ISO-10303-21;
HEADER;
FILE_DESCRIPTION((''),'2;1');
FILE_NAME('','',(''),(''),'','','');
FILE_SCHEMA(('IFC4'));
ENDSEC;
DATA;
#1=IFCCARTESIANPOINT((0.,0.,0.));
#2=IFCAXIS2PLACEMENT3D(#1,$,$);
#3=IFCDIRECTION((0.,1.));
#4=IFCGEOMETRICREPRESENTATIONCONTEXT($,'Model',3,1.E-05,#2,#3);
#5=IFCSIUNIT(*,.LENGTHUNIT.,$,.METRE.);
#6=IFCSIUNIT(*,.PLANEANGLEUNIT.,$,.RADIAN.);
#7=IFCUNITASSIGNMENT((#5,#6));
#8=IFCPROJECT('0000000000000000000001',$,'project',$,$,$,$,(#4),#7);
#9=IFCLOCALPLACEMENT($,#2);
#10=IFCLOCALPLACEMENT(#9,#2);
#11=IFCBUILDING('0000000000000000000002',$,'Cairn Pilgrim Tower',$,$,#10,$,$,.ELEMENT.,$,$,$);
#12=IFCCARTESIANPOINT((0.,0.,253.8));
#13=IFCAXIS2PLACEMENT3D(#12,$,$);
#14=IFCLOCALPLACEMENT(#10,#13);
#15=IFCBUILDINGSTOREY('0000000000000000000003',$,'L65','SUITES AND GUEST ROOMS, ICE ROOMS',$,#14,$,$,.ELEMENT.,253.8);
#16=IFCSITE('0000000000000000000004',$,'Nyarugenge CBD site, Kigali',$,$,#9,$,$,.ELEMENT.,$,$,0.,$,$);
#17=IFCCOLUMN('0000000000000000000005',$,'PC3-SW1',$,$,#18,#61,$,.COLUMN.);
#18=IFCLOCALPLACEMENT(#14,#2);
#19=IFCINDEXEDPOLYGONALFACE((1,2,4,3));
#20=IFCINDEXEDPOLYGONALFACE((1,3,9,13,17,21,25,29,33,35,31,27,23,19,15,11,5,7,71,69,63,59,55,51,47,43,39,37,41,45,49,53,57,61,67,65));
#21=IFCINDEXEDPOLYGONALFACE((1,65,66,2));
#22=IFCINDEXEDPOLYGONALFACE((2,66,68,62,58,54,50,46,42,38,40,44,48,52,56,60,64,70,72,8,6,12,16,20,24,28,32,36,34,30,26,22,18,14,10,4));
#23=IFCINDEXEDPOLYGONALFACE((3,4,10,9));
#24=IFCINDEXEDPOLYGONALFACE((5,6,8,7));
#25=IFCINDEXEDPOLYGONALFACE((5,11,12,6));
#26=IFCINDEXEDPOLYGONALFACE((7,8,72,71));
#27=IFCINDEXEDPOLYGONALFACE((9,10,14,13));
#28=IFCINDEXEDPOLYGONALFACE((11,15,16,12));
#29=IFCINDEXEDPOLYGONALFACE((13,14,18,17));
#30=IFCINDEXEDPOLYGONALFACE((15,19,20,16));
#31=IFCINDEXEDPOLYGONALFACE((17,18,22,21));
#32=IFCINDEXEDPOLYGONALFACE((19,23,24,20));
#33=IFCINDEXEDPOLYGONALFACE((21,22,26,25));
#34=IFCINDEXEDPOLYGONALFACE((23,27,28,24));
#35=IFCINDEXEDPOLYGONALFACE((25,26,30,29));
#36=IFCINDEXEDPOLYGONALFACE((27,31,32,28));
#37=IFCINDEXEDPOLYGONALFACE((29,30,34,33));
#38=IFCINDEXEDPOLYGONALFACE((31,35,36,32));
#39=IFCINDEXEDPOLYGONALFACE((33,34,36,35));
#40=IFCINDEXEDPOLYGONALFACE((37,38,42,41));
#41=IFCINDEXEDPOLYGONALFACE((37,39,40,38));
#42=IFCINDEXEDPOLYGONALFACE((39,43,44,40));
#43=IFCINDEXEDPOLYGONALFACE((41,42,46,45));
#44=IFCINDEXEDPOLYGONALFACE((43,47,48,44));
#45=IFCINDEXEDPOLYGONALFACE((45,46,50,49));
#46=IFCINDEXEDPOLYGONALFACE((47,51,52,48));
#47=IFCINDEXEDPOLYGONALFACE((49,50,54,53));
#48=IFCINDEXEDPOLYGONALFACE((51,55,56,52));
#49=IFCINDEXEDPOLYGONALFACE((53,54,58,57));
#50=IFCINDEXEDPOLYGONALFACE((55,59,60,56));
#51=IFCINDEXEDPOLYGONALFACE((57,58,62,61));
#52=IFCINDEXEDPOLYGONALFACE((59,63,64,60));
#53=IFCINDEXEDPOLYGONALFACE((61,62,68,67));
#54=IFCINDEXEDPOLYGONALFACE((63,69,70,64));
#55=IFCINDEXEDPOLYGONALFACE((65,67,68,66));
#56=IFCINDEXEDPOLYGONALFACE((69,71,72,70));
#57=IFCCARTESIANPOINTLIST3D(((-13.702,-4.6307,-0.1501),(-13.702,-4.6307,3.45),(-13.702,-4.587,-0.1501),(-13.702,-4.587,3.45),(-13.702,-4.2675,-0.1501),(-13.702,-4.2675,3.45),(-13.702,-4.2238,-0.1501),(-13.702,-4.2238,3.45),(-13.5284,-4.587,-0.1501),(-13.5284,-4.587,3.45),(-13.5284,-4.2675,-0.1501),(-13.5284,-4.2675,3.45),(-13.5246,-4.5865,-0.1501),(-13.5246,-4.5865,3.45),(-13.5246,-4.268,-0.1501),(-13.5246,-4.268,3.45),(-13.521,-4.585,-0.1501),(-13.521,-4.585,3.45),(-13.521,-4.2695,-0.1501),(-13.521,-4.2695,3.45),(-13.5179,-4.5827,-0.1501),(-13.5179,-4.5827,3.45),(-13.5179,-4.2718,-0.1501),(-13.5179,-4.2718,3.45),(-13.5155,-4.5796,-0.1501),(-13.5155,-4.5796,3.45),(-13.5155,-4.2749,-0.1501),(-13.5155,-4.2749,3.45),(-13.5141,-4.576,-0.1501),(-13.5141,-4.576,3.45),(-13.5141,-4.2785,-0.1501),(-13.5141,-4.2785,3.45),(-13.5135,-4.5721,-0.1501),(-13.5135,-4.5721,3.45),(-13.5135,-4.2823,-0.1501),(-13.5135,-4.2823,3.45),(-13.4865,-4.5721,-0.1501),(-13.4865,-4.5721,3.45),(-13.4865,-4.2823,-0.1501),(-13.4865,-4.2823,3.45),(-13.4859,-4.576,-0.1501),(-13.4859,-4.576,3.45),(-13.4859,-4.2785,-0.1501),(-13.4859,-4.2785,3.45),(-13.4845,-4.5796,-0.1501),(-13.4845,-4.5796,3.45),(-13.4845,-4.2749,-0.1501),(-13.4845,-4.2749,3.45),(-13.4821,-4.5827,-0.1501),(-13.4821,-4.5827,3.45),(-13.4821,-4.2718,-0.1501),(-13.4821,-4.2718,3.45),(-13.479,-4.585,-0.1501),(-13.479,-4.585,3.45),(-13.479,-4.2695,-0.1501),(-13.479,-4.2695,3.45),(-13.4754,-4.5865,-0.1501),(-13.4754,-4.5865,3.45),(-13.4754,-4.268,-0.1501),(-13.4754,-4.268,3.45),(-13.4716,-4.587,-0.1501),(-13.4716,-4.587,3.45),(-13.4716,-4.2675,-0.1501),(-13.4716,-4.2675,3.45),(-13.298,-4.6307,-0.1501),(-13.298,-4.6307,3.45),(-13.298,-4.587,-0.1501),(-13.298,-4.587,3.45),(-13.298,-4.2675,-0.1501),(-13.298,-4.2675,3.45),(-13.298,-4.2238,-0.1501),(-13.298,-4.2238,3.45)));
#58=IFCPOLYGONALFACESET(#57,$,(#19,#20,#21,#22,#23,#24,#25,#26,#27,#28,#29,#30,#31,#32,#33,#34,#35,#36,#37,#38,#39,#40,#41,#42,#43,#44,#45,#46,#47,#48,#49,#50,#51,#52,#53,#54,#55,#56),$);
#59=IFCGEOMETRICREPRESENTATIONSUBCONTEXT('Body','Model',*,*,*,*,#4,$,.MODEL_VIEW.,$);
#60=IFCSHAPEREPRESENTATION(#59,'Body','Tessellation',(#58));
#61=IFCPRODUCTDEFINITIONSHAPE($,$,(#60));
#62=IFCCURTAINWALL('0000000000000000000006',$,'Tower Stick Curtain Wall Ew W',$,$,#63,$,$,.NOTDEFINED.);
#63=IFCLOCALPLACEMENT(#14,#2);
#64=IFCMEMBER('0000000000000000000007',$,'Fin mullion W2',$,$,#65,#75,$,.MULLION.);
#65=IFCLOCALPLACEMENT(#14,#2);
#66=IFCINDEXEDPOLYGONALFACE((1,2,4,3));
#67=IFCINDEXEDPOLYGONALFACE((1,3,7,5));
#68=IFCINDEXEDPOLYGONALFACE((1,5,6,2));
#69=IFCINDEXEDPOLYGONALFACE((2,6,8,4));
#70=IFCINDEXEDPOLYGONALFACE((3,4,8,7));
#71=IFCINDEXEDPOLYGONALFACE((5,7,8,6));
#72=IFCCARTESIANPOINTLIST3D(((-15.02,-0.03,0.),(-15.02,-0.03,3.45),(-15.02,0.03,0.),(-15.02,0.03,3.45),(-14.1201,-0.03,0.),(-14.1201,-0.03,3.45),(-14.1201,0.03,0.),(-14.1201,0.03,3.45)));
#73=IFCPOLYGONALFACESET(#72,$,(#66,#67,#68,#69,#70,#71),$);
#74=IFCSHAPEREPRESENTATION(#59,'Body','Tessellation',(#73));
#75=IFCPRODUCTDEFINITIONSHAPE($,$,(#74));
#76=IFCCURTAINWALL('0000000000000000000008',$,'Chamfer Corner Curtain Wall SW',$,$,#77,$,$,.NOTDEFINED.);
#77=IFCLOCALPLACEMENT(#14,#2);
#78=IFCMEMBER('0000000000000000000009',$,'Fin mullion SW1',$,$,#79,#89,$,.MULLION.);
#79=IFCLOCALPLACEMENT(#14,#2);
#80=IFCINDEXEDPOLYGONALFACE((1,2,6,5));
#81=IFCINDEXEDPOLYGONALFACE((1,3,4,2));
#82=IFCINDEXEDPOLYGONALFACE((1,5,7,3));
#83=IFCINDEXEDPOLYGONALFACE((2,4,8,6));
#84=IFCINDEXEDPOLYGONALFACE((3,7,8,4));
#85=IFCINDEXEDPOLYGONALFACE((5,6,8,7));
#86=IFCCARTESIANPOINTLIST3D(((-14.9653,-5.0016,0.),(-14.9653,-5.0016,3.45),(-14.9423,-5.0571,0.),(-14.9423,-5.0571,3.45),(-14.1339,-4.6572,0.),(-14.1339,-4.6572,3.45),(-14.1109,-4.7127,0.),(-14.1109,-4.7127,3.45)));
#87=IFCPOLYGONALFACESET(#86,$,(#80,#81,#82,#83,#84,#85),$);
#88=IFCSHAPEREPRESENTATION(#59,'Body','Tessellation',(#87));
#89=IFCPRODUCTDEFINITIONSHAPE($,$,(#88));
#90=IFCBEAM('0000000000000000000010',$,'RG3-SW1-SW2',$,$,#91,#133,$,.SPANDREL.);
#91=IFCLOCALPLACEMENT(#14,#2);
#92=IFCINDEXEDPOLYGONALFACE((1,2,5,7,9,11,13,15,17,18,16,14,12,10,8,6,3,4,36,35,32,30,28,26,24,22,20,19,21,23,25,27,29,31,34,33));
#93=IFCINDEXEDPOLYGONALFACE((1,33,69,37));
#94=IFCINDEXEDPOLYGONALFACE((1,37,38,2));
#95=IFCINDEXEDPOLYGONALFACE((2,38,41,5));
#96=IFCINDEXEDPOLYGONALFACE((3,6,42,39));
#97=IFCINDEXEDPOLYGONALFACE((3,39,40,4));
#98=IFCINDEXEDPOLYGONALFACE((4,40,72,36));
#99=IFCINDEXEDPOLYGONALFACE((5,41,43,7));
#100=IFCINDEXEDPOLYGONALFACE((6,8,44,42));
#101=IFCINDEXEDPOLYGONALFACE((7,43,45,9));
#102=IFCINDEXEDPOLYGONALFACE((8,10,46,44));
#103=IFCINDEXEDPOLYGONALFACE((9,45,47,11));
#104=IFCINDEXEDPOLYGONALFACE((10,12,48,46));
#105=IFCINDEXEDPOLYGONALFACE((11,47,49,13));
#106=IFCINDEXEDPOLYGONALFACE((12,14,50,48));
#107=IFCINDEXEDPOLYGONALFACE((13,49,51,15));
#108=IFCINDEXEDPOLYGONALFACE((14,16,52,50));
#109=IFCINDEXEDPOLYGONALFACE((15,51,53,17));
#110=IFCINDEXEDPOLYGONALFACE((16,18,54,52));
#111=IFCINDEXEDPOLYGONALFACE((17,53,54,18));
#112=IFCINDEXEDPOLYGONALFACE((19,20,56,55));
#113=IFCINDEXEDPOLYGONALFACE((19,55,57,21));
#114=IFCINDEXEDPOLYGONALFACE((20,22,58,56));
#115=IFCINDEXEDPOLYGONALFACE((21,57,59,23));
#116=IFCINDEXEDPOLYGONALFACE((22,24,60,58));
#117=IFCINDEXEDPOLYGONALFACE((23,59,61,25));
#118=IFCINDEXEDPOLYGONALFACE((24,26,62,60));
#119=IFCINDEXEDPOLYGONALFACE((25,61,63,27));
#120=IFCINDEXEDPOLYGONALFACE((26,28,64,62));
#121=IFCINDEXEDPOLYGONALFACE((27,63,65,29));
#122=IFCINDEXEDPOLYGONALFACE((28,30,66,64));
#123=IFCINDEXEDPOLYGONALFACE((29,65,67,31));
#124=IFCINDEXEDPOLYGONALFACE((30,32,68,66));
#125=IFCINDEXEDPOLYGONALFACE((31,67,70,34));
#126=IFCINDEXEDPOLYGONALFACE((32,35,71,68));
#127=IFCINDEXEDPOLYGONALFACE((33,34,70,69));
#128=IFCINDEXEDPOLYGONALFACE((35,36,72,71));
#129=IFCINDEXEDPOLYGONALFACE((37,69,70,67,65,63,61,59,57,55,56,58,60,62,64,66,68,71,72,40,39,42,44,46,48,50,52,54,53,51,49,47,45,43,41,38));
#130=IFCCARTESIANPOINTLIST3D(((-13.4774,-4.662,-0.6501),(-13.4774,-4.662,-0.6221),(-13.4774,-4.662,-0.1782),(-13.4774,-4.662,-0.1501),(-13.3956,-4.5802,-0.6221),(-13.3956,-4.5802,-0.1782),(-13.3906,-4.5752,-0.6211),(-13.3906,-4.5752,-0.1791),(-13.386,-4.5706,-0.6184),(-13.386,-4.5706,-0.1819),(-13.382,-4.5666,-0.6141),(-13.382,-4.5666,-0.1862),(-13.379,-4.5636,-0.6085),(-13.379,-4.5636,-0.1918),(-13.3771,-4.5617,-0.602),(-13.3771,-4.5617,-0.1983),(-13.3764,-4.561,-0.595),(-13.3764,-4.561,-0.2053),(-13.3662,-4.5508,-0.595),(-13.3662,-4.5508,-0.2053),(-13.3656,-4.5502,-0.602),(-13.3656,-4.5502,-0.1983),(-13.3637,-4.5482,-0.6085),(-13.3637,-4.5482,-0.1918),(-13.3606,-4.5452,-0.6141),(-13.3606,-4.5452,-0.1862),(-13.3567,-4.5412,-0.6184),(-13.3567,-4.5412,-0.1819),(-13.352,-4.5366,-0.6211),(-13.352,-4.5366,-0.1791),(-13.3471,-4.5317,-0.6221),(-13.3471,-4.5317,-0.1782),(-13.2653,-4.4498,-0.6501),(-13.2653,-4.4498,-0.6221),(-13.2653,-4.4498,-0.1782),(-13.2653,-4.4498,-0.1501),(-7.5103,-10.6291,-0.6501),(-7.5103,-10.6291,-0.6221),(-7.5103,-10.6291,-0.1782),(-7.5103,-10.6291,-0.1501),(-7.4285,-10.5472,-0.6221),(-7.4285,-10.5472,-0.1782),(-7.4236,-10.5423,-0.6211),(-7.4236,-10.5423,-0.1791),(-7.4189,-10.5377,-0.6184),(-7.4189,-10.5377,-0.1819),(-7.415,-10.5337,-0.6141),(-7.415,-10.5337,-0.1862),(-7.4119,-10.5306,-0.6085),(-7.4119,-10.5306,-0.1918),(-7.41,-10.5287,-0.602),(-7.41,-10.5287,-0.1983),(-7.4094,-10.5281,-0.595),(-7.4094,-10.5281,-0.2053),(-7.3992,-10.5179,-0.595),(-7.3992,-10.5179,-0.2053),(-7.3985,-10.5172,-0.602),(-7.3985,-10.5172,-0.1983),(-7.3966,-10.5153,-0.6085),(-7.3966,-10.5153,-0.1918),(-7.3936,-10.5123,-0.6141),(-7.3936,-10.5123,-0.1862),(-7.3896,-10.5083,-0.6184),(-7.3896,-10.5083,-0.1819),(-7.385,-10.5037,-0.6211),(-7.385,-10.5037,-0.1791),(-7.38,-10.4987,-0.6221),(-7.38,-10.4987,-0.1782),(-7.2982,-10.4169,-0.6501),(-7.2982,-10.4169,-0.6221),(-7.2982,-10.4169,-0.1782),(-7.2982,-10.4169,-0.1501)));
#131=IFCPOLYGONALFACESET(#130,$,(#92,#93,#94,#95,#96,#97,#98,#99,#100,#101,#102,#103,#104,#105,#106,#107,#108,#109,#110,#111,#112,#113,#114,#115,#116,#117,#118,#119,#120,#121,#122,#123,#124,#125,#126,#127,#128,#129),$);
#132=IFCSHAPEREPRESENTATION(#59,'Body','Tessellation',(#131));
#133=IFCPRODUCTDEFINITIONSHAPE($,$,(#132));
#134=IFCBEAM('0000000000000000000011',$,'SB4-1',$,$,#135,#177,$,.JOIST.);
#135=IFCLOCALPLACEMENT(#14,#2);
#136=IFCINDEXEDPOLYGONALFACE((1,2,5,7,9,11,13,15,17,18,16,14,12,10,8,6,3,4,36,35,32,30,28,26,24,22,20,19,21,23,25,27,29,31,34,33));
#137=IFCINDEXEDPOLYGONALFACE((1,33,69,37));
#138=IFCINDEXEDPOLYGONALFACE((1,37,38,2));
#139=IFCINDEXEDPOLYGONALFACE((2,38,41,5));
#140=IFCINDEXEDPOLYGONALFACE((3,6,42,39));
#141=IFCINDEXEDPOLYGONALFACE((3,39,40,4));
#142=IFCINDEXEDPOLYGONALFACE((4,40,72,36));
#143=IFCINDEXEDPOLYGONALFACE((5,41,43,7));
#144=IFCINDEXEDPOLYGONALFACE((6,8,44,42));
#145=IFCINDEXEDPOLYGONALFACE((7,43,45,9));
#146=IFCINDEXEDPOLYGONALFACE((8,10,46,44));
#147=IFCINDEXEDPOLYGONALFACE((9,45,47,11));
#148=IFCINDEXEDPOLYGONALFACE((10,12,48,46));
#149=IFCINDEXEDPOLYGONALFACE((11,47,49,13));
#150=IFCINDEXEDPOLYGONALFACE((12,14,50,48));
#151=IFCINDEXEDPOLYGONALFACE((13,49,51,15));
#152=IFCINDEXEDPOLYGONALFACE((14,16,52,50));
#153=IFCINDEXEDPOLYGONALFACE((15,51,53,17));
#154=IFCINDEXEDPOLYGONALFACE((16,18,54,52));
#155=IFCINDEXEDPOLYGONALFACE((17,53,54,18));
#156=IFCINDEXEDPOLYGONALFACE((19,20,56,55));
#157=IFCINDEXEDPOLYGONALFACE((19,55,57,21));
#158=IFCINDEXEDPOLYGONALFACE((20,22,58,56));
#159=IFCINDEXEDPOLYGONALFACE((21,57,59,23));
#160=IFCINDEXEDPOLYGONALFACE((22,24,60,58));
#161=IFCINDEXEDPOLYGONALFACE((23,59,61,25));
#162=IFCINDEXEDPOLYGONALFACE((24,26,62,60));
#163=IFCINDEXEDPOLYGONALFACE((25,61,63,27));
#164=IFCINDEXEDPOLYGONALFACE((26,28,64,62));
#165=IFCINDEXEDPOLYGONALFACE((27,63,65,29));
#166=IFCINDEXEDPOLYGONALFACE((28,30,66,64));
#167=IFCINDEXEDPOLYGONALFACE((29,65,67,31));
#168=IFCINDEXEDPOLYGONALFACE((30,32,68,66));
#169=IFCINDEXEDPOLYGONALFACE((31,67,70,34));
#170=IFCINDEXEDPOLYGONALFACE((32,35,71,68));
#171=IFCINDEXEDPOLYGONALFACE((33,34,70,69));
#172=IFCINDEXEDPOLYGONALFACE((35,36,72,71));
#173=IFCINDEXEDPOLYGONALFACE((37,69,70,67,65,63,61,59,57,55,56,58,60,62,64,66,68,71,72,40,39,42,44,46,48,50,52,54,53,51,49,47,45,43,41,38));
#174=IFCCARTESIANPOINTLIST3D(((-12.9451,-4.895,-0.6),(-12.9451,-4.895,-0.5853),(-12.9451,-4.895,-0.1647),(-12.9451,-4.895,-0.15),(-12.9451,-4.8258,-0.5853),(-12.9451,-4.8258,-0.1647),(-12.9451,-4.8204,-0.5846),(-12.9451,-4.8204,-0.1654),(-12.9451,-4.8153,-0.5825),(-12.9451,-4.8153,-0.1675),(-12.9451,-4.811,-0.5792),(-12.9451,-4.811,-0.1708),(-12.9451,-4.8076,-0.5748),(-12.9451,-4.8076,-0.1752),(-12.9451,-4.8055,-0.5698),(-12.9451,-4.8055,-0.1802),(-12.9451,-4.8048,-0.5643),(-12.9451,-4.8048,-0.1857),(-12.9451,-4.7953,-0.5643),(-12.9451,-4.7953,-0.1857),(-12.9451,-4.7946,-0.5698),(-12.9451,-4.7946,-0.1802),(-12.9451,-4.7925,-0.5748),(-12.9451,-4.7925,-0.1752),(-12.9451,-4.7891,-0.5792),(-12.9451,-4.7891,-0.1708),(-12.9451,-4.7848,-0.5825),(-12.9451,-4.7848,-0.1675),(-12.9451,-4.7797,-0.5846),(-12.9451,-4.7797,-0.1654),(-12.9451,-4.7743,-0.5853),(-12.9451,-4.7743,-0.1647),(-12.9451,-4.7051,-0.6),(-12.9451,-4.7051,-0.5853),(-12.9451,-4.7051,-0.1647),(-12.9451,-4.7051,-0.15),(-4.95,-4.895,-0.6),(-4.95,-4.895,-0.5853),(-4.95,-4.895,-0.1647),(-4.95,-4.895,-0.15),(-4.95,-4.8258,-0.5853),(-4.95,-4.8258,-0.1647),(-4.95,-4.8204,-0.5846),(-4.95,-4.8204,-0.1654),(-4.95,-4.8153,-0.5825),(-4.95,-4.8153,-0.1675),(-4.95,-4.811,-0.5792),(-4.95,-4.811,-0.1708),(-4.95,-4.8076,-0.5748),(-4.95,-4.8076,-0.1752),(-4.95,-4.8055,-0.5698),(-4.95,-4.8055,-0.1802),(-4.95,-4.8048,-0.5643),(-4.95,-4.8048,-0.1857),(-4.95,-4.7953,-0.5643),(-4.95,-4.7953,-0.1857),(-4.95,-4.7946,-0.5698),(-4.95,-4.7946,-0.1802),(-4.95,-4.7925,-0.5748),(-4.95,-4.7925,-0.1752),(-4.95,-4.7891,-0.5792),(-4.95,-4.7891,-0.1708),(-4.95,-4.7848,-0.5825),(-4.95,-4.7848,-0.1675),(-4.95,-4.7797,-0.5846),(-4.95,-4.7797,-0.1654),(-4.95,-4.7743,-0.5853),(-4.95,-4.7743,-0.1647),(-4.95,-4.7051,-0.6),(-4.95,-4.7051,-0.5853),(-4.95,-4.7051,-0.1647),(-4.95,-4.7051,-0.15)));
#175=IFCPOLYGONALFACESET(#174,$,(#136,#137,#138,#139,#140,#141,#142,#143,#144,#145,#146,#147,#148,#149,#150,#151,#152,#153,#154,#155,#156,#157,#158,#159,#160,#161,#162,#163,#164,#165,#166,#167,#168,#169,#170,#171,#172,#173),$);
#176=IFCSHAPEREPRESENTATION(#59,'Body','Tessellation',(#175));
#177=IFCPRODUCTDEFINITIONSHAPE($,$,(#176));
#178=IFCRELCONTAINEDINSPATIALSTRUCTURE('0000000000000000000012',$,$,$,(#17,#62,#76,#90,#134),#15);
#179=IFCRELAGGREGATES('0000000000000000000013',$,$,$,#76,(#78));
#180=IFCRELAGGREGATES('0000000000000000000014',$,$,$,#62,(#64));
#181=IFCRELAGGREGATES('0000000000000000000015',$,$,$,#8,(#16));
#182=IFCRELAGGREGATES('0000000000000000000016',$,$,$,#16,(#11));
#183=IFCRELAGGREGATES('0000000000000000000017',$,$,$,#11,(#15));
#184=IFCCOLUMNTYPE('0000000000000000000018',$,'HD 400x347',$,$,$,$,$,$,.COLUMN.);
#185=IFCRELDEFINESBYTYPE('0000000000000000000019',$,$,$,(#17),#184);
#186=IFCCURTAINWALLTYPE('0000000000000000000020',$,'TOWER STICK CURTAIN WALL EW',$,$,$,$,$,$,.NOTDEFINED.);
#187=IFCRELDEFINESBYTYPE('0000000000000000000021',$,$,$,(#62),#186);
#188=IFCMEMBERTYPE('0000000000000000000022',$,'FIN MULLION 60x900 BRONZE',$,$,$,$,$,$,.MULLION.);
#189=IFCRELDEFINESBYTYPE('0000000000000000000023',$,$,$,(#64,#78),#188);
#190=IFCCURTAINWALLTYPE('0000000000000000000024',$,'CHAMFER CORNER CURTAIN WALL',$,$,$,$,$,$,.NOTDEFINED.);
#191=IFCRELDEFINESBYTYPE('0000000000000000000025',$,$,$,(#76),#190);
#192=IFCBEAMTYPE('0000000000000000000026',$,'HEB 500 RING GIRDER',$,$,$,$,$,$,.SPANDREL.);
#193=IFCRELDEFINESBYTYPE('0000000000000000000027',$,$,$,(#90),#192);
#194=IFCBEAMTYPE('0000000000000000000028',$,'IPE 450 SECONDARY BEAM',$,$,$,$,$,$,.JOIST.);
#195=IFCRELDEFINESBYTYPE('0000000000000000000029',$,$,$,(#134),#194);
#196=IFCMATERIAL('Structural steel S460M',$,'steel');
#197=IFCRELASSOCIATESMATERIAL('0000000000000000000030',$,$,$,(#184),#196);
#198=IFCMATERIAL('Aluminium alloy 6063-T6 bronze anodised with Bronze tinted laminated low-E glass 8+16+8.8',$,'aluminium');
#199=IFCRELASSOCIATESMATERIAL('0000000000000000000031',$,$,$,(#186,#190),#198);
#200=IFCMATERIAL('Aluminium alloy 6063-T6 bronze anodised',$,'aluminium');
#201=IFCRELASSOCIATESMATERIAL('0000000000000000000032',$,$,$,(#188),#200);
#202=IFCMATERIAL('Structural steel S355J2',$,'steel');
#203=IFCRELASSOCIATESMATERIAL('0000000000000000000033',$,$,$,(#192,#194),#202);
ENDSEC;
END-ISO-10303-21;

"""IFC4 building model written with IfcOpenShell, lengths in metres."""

from ifc_helpers import new_model, si_unit, direction, frame, origin, origin_2d, place, context, subcontext, project, spatial, rectangle, i_section, extrude, material, material_profile, profile_set, type_object, element, aggregate, save


model = new_model("IFC4")

# Units and contexts
model_context = context("Model", 3, precision=1e-05, world=origin(), true_north=direction((0.0, 1.0)))
body_context = subcontext(model_context, "Body", "Model", "MODEL_VIEW")
ifc_project = project(units=[si_unit("LENGTHUNIT", "METRE"), si_unit("PLANEANGLEUNIT", "RADIAN")], contexts=[model_context])

# Site, building, storey
site_placement = place(None, origin())
site = spatial("IfcSite", under=ifc_project, at=site_placement, Name="Nyarugenge CBD site, Kigali", CompositionType="ELEMENT", RefElevation=0.0)
building_placement = place(site_placement, origin())
building = spatial("IfcBuilding", under=site, at=building_placement, Name="Cairn Pilgrim Tower", CompositionType="ELEMENT")
storey_placement = place(building_placement, frame((0.0, 0.0, 253.8)))
storey = spatial("IfcBuildingStorey", under=building, at=storey_placement, Name="L65", Description="SUITES AND GUEST ROOMS, ICE ROOMS", CompositionType="ELEMENT", Elevation=253.8)

# Column
ifc_material_1 = material(Name="Structural steel S460M", Category="steel")
ifc_material_profile_1 = material_profile(ifc_material_1, i_section(OverallWidth=0.4041, OverallDepth=0.407, WebThickness=0.0271, FlangeThickness=0.0437, FilletRadius=0.0149, at=origin_2d()), Name="HD 400x347")
ifc_profile_set_1 = profile_set([ifc_material_profile_1], Name="Structural steel S460M")
column_type = type_object("IfcColumnType", Name="HD 400x347", PredefinedType="COLUMN", material=ifc_profile_set_1)
column_placement = place(storey_placement, frame((-13.5, -4.4272, -0.1501), z_axis=(0.0, 0.0, 1.0), x_axis=(1.0, 0.0, 0.0)))
element("IfcColumn", 1, at=column_placement, inside=storey, type_object=column_type, Name="PC3-SW1", PredefinedType="COLUMN", context=body_context, shape_type="SweptSolid", body=[
    extrude(i_section(OverallWidth=0.4041, OverallDepth=0.407, WebThickness=0.0271, FlangeThickness=0.0437, FilletRadius=0.0149, at=origin_2d()), origin(), (0.0, 0.0, 1.0), 3.6001),
])

# Curtain walls, members
ifc_material_2 = material(Name="Aluminium alloy 6063-T6 bronze anodised with Bronze tinted laminated low-E glass 8+16+8.8", Category="aluminium")
curtain_wall_type_1 = type_object("IfcCurtainWallType", Name="TOWER STICK CURTAIN WALL EW", PredefinedType="NOTDEFINED", material=ifc_material_2)
curtain_wall_1_placement = place(storey_placement, origin())
curtain_wall_1 = element("IfcCurtainWall", 2, at=curtain_wall_1_placement, inside=storey, type_object=curtain_wall_type_1, Name="Tower Stick Curtain Wall Ew W", PredefinedType="NOTDEFINED")
ifc_material_3 = material(Name="Aluminium alloy 6063-T6 bronze anodised", Category="aluminium")
ifc_material_profile_2 = material_profile(ifc_material_3, rectangle(XDim=0.8999, YDim=0.0601, at=origin_2d()), Name="FIN MULLION 60x900 BRONZE")
ifc_profile_set_2 = profile_set([ifc_material_profile_2], Name="Aluminium alloy 6063-T6 bronze anodised")
member_type_1 = type_object("IfcMemberType", Name="FIN MULLION 60x900 BRONZE", PredefinedType="MULLION", material=ifc_profile_set_2)
member_1_placement = place(storey_placement, frame((-14.5701, 0.0, 0.0), z_axis=(0.0, 0.0, 1.0), x_axis=(-1.0, 0.0, 0.0)))
member_1 = element("IfcMember", 3, at=member_1_placement, type_object=member_type_1, Name="Fin mullion W2", PredefinedType="MULLION", context=body_context, shape_type="SweptSolid", body=[
    extrude(rectangle(XDim=0.8999, YDim=0.0601, at=origin_2d()), origin(), (0.0, 0.0, 1.0), 3.45),
])
curtain_wall_type_2 = type_object("IfcCurtainWallType", Name="CHAMFER CORNER CURTAIN WALL", PredefinedType="NOTDEFINED", material=ifc_material_2)
curtain_wall_2_placement = place(storey_placement, origin())
curtain_wall_2 = element("IfcCurtainWall", 4, at=curtain_wall_2_placement, inside=storey, type_object=curtain_wall_type_2, Name="Chamfer Corner Curtain Wall SW", PredefinedType="NOTDEFINED")
member_2_placement = place(storey_placement, frame((-14.5381, -4.8572, 0.0), z_axis=(0.0, 0.0, 1.0), x_axis=(-0.92388, -0.382683, 0.0)))
member_2 = element("IfcMember", 5, at=member_2_placement, type_object=member_type_1, Name="Fin mullion SW1", PredefinedType="MULLION", context=body_context, shape_type="SweptSolid", body=[
    extrude(rectangle(XDim=0.8999, YDim=0.0601, at=origin_2d()), origin(), (0.0, 0.0, 1.0), 3.45),
])

# Beams
ifc_material_4 = material(Name="Structural steel S355J2", Category="steel")
ifc_material_profile_3 = material_profile(ifc_material_4, i_section(OverallWidth=0.3, OverallDepth=0.5, WebThickness=0.0144, FlangeThickness=0.0281, FilletRadius=0.0271, at=origin_2d()), Name="HEB 500")
ifc_profile_set_3 = profile_set([ifc_material_profile_3], Name="Structural steel S355J2")
beam_type_1 = type_object("IfcBeamType", Name="HEB 500 RING GIRDER", PredefinedType="SPANDREL", material=ifc_profile_set_3)
beam_1_placement = place(storey_placement, frame((-13.3713, -4.5559, -0.4001), z_axis=(0.707107, -0.707107, 0.0), x_axis=(0.707107, 0.707107, 0.0)))
element("IfcBeam", 6, at=beam_1_placement, inside=storey, type_object=beam_type_1, Name="RG3-SW1-SW2", PredefinedType="SPANDREL", context=body_context, shape_type="SweptSolid", body=[
    extrude(i_section(OverallWidth=0.3, OverallDepth=0.5, WebThickness=0.0144, FlangeThickness=0.0281, FilletRadius=0.0271, at=origin_2d()), origin(), (0.0, 0.0, 1.0), 8.4387),
])
ifc_material_profile_4 = material_profile(ifc_material_4, i_section(OverallWidth=0.1899, OverallDepth=0.45, WebThickness=0.0095, FlangeThickness=0.0146, FilletRadius=0.021, at=origin_2d()), Name="IPE 450")
ifc_profile_set_4 = profile_set([ifc_material_profile_4], Name="Structural steel S355J2")
beam_type_2 = type_object("IfcBeamType", Name="IPE 450 SECONDARY BEAM", PredefinedType="JOIST", material=ifc_profile_set_4)
beam_2_placement = place(storey_placement, frame((-12.9451, -4.8, -0.375), z_axis=(1.0, 0.0, 0.0), x_axis=(0.0, 1.0, 0.0)))
element("IfcBeam", 7, at=beam_2_placement, inside=storey, type_object=beam_type_2, Name="SB4-1", PredefinedType="JOIST", context=body_context, shape_type="SweptSolid", body=[
    extrude(i_section(OverallWidth=0.1899, OverallDepth=0.45, WebThickness=0.0095, FlangeThickness=0.0146, FilletRadius=0.021, at=origin_2d()), origin(), (0.0, 0.0, 1.0), 7.9951),
])

aggregate(curtain_wall_2, [member_2])
aggregate(curtain_wall_1, [member_1])

save(model, "model.ifc")
